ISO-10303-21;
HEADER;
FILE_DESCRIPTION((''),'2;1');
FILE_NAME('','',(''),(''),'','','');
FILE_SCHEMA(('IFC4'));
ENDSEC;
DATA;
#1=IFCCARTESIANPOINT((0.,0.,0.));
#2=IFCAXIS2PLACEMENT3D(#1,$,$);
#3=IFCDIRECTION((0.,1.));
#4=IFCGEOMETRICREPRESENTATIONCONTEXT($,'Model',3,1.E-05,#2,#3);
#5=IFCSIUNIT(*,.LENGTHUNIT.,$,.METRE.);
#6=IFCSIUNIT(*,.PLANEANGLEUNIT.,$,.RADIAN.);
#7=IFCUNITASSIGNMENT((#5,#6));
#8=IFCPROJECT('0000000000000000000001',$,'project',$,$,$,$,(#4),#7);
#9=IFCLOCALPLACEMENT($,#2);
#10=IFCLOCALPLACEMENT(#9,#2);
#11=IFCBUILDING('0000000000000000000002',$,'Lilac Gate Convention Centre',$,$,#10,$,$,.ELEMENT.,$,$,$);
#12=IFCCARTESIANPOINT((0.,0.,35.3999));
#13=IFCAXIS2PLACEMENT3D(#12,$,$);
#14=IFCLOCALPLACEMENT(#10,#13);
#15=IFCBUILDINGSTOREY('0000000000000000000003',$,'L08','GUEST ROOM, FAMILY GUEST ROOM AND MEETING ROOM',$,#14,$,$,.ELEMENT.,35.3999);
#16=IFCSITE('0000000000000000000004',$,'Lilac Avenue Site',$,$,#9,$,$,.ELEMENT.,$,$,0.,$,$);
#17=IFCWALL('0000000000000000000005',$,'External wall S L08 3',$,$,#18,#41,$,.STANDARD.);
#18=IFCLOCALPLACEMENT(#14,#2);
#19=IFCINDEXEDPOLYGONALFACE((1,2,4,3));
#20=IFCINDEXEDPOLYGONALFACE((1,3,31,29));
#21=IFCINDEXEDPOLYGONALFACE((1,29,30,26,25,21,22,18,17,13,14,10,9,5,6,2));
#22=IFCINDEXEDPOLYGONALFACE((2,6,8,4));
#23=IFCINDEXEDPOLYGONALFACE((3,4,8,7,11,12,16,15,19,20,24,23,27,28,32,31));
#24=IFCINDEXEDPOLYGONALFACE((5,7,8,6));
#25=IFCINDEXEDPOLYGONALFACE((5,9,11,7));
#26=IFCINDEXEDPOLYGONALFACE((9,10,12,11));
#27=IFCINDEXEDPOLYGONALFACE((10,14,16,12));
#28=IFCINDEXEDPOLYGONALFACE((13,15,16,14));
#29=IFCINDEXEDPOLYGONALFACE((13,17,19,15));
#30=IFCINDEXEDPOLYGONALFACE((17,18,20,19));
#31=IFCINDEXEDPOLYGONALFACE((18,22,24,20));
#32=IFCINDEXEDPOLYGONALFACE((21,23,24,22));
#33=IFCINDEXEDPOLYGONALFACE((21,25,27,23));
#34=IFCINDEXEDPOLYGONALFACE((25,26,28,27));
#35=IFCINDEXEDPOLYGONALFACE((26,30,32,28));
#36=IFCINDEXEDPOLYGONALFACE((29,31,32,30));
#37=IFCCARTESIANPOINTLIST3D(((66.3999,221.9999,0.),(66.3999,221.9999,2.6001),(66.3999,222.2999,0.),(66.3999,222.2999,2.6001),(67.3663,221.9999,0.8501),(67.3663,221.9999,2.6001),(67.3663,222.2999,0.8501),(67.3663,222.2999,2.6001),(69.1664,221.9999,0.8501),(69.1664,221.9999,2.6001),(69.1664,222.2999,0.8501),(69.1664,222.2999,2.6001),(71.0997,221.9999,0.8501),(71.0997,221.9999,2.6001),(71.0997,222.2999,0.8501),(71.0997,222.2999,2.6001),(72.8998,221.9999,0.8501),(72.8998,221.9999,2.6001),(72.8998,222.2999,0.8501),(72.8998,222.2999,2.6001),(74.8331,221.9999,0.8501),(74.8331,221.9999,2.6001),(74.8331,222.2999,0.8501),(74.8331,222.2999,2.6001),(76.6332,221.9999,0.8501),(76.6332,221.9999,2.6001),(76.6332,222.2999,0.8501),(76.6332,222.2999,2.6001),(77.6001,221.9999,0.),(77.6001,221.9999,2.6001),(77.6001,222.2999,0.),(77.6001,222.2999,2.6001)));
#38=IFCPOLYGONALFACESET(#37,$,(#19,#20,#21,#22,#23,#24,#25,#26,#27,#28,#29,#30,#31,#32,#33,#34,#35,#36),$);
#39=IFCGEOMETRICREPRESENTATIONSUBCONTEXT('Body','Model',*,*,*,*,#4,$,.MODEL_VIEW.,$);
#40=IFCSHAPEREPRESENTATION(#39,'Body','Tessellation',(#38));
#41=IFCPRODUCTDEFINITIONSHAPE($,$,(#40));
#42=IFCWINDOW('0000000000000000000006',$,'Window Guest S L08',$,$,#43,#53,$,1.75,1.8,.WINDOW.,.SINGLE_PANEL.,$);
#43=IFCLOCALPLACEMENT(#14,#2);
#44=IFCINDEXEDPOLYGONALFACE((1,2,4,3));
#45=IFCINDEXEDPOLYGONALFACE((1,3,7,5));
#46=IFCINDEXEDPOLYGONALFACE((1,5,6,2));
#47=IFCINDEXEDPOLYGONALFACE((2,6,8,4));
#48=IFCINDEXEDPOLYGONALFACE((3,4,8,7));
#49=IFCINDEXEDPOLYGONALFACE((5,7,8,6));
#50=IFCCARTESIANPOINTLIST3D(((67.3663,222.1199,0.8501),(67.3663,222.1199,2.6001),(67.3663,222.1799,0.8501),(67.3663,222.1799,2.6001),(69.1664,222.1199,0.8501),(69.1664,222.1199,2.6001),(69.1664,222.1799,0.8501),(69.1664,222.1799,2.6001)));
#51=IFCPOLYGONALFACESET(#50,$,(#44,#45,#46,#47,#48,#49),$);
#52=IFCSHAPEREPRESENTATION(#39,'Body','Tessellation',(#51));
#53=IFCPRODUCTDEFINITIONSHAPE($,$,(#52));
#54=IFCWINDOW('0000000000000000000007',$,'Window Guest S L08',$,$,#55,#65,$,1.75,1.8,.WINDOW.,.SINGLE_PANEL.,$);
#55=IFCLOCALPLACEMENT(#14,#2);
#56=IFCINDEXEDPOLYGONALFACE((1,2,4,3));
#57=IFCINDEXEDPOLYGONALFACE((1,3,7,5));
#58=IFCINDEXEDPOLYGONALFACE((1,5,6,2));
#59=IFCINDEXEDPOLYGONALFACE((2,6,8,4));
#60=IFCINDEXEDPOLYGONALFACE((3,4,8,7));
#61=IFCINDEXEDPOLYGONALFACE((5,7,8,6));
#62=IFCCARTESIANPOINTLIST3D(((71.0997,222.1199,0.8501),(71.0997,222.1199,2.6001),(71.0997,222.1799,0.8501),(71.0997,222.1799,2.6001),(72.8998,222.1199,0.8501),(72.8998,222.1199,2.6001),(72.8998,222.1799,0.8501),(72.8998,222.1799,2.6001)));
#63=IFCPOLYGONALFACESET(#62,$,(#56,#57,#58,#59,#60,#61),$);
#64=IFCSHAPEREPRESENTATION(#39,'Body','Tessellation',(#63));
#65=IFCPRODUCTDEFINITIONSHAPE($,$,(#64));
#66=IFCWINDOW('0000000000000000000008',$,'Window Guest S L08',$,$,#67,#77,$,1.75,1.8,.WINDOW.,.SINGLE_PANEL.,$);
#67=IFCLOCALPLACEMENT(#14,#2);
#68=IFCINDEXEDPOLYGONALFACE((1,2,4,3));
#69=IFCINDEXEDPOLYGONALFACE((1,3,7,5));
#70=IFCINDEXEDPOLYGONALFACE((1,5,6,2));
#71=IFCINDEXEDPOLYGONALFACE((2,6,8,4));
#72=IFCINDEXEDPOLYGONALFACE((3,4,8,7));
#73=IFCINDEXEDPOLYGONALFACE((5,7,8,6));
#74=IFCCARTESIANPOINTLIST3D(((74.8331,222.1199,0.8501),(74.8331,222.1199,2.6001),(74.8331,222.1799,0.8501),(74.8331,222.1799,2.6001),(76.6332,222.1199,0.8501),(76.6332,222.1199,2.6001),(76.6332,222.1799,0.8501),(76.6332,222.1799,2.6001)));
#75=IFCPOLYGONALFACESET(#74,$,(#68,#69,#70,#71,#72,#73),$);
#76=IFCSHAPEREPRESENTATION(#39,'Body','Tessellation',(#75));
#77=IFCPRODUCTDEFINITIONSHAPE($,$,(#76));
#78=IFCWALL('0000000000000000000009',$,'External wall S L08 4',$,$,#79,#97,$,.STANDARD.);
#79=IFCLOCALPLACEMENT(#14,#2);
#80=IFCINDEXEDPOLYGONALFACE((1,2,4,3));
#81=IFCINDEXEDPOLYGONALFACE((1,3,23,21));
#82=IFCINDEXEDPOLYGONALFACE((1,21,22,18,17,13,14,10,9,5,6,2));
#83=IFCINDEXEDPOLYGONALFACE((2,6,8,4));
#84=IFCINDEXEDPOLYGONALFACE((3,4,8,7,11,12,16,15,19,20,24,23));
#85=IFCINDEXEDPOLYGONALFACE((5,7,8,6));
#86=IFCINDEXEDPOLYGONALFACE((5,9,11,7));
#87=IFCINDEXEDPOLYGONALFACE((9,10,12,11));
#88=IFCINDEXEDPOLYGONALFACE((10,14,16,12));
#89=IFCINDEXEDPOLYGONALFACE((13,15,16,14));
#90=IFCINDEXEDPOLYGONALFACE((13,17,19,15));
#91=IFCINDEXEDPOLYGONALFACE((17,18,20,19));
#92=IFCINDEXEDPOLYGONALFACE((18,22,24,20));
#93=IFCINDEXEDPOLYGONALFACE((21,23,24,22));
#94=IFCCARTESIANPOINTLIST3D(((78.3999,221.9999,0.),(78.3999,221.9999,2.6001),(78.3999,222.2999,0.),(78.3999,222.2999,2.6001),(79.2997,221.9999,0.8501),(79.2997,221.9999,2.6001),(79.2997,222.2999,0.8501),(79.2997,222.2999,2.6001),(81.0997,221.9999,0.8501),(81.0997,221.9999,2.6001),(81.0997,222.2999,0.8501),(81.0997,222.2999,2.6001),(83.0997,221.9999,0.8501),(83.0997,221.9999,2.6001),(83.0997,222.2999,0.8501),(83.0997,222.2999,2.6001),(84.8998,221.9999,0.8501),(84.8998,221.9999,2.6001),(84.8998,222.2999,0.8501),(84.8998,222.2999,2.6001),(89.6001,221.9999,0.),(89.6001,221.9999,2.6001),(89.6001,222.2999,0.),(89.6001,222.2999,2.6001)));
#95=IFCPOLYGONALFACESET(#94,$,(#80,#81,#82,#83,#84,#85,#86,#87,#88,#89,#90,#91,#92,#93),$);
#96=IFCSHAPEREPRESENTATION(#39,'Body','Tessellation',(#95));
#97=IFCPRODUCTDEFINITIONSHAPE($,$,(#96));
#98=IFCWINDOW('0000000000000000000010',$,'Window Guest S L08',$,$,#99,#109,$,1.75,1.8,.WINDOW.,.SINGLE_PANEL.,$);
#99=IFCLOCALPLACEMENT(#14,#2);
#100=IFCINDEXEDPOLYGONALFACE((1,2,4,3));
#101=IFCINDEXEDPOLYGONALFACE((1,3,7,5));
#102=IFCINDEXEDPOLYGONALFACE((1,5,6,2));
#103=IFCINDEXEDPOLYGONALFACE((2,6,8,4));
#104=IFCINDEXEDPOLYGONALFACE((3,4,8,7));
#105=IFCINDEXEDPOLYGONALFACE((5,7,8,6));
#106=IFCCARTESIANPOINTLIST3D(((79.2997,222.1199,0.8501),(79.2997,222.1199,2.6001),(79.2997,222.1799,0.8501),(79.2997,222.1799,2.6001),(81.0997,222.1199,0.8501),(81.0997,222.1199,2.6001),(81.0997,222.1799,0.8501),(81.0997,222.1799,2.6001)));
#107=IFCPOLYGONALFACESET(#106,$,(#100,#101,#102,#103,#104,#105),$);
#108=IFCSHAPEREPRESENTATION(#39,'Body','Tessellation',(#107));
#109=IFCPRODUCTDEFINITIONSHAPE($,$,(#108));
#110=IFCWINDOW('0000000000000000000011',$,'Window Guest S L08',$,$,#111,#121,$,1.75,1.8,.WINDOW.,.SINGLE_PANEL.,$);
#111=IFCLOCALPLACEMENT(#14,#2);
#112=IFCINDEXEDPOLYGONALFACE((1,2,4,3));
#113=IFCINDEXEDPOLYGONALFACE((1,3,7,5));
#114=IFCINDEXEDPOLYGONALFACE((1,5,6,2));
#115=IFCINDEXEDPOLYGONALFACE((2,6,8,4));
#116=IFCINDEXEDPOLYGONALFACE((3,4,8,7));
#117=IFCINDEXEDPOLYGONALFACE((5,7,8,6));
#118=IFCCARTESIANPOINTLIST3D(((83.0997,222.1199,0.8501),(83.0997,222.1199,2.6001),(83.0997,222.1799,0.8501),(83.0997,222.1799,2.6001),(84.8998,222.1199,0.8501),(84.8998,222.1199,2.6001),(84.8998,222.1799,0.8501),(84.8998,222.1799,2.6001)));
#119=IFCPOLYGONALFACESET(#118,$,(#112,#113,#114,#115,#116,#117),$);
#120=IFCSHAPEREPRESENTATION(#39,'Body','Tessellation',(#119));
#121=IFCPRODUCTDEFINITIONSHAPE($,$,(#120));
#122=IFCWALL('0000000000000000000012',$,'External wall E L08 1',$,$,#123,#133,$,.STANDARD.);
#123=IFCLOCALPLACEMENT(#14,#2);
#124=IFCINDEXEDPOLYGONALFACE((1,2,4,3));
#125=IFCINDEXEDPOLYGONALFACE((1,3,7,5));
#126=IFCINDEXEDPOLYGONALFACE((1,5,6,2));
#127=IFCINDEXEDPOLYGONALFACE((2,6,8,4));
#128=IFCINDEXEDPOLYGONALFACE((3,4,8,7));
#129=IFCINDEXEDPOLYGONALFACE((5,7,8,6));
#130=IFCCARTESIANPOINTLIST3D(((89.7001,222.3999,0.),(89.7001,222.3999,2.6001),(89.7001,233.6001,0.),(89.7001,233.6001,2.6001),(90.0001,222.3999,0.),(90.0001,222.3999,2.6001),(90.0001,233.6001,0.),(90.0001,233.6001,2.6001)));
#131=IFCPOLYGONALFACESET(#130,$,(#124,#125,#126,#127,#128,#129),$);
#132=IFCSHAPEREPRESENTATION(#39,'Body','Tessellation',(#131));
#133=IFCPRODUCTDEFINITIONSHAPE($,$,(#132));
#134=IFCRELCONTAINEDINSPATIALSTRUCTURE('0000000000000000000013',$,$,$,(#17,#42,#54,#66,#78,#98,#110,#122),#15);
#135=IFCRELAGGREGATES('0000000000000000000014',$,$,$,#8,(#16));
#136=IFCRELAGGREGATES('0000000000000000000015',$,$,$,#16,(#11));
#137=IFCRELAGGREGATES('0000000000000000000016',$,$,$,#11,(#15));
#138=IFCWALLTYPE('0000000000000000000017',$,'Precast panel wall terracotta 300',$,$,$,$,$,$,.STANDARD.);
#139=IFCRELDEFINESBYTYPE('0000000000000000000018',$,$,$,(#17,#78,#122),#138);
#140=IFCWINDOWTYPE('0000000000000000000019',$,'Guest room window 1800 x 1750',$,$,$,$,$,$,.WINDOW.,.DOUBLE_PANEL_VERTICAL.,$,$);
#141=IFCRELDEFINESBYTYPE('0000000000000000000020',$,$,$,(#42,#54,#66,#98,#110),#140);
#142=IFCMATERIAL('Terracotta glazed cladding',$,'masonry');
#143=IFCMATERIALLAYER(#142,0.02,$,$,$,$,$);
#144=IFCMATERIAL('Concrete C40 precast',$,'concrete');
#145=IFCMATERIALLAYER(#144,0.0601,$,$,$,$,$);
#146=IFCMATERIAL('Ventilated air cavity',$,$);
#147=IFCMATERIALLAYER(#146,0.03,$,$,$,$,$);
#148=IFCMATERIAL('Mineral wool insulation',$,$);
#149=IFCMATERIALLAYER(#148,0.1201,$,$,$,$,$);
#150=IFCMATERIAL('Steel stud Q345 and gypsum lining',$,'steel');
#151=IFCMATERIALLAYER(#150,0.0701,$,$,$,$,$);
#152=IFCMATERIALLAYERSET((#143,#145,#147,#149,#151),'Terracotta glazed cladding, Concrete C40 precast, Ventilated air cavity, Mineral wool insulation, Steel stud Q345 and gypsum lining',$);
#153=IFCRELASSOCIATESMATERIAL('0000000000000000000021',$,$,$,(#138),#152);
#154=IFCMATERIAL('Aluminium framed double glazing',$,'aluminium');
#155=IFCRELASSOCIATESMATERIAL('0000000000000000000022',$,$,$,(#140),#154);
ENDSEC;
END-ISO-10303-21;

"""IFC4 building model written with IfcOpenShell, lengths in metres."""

from ifc_helpers import new_model, si_unit, direction, frame, frame_2d, origin, place, context, subcontext, project, spatial, rectangle, extrude, material, layer, layer_set, type_object, element, fill, save


model = new_model("IFC4")

# Units and contexts
model_context = context("Model", 3, precision=1e-05, world=origin(), true_north=direction((0.0, 1.0)))
body_context = subcontext(model_context, "Body", "Model", "MODEL_VIEW")
ifc_project = project(units=[si_unit("LENGTHUNIT", "METRE"), si_unit("PLANEANGLEUNIT", "RADIAN")], contexts=[model_context])

# Site, building, storey
site_placement = place(None, origin())
site = spatial("IfcSite", under=ifc_project, at=site_placement, Name="Lilac Avenue Site", CompositionType="ELEMENT", RefElevation=0.0)
building_placement = place(site_placement, origin())
building = spatial("IfcBuilding", under=site, at=building_placement, Name="Lilac Gate Convention Centre", CompositionType="ELEMENT")
storey_placement = place(building_placement, frame((0.0, 0.0, 35.3999)))
storey = spatial("IfcBuildingStorey", under=building, at=storey_placement, Name="L08", Description="GUEST ROOM, FAMILY GUEST ROOM AND MEETING ROOM", CompositionType="ELEMENT", Elevation=35.3999)

# Shared definitions
ifc_material_1 = material(Name="Aluminium framed double glazing", Category="aluminium")

# Shared definitions
ifc_material_2 = material(Name="Concrete C40 precast", Category="concrete")
ifc_material_3 = material(Name="Terracotta glazed cladding", Category="masonry")

# Walls, openings, windows
ifc_layer_1 = layer(ifc_material_3, 0.02)
ifc_layer_2 = layer(ifc_material_2, 0.0601)
ifc_material_4 = material(Name="Ventilated air cavity")
ifc_layer_3 = layer(ifc_material_4, 0.03)
ifc_material_5 = material(Name="Mineral wool insulation")
ifc_layer_4 = layer(ifc_material_5, 0.1201)
ifc_material_6 = material(Name="Steel stud Q345 and gypsum lining", Category="steel")
ifc_layer_5 = layer(ifc_material_6, 0.0701)
ifc_layer_set_1 = layer_set([ifc_layer_1, ifc_layer_2, ifc_layer_3, ifc_layer_4, ifc_layer_5], Name="Terracotta glazed cladding, Concrete C40 precast, Ventilated air cavity, Mineral wool insulation, Steel stud Q345 and gypsum lining")
wall_type_1 = type_object("IfcWallType", Name="Precast panel wall terracotta 300", PredefinedType="STANDARD", material=ifc_layer_set_1)
window_type = type_object("IfcWindowType", Name="Guest room window 1800 x 1750", PartitioningType="DOUBLE_PANEL_VERTICAL", PredefinedType="WINDOW", material=ifc_material_1)
wall_1_placement = place(storey_placement, frame((66.3999, 222.1499, 0.0), z_axis=(0.0, 0.0, 1.0), x_axis=(1.0, 0.0, 0.0)))
wall_1 = element("IfcWall", 1, at=wall_1_placement, inside=storey, type_object=wall_type_1, Name="External wall S L08 3", PredefinedType="STANDARD", context=body_context, shape_type="SweptSolid", body=[
    extrude(rectangle(XDim=11.2002, YDim=0.3, at=frame_2d((5.6001, 0.0))), origin(), (0.0, 0.0, 1.0), 2.6001),
])
opening_1_placement = place(wall_1_placement, frame((0.9666, 0.0, 0.8501)))
opening_1 = element("IfcOpeningElement", 2, at=opening_1_placement, cuts=wall_1, PredefinedType="OPENING", context=body_context, shape_type="SweptSolid", body=[
    extrude(rectangle(XDim=1.8, YDim=1.75, at=frame_2d((0.8999, 0.875))), frame((0.0, 0.1599, 0.0), z_axis=(0.0, -1.0, 0.0), x_axis=(1.0, 0.0, 0.0)), (0.0, 0.0, 1.0), 0.3201),
])
opening_2_placement = place(wall_1_placement, frame((4.7, 0.0, 0.8501)))
opening_2 = element("IfcOpeningElement", 3, at=opening_2_placement, cuts=wall_1, PredefinedType="OPENING", context=body_context, shape_type="SweptSolid", body=[
    extrude(rectangle(XDim=1.8, YDim=1.75, at=frame_2d((0.8999, 0.875))), frame((0.0, 0.1599, 0.0), z_axis=(0.0, -1.0, 0.0), x_axis=(1.0, 0.0, 0.0)), (0.0, 0.0, 1.0), 0.3201),
])
opening_3_placement = place(wall_1_placement, frame((8.4333, 0.0, 0.8501)))
opening_3 = element("IfcOpeningElement", 4, at=opening_3_placement, cuts=wall_1, PredefinedType="OPENING", context=body_context, shape_type="SweptSolid", body=[
    extrude(rectangle(XDim=1.8, YDim=1.75, at=frame_2d((0.8999, 0.875))), frame((0.0, 0.1599, 0.0), z_axis=(0.0, -1.0, 0.0), x_axis=(1.0, 0.0, 0.0)), (0.0, 0.0, 1.0), 0.3201),
])
window_1_placement = place(opening_1_placement, origin())
window_1 = element("IfcWindow", 5, at=window_1_placement, inside=storey, type_object=window_type, Name="Window Guest S L08", OverallHeight=1.75, OverallWidth=1.8, PartitioningType="SINGLE_PANEL", PredefinedType="WINDOW", context=body_context, shape_type="SweptSolid", body=[
    extrude(rectangle(XDim=1.8, YDim=1.75, at=frame_2d((0.8999, 0.875))), frame((0.0, 0.03, 0.0), z_axis=(0.0, -1.0, 0.0), x_axis=(1.0, 0.0, 0.0)), (0.0, 0.0, 1.0), 0.0601),
])
fill(opening_1, window_1)
window_2_placement = place(opening_2_placement, origin())
window_2 = element("IfcWindow", 6, at=window_2_placement, inside=storey, type_object=window_type, Name="Window Guest S L08", OverallHeight=1.75, OverallWidth=1.8, PartitioningType="SINGLE_PANEL", PredefinedType="WINDOW", context=body_context, shape_type="SweptSolid", body=[
    extrude(rectangle(XDim=1.8, YDim=1.75, at=frame_2d((0.8999, 0.875))), frame((0.0, 0.03, 0.0), z_axis=(0.0, -1.0, 0.0), x_axis=(1.0, 0.0, 0.0)), (0.0, 0.0, 1.0), 0.0601),
])
fill(opening_2, window_2)
window_3_placement = place(opening_3_placement, origin())
window_3 = element("IfcWindow", 7, at=window_3_placement, inside=storey, type_object=window_type, Name="Window Guest S L08", OverallHeight=1.75, OverallWidth=1.8, PartitioningType="SINGLE_PANEL", PredefinedType="WINDOW", context=body_context, shape_type="SweptSolid", body=[
    extrude(rectangle(XDim=1.8, YDim=1.75, at=frame_2d((0.8999, 0.875))), frame((0.0, 0.03, 0.0), z_axis=(0.0, -1.0, 0.0), x_axis=(1.0, 0.0, 0.0)), (0.0, 0.0, 1.0), 0.0601),
])
fill(opening_3, window_3)
wall_2_placement = place(storey_placement, frame((78.3999, 222.1499, 0.0), z_axis=(0.0, 0.0, 1.0), x_axis=(1.0, 0.0, 0.0)))
wall_2 = element("IfcWall", 8, at=wall_2_placement, inside=storey, type_object=wall_type_1, Name="External wall S L08 4", PredefinedType="STANDARD", context=body_context, shape_type="SweptSolid", body=[
    extrude(rectangle(XDim=11.2002, YDim=0.3, at=frame_2d((5.6001, 0.0))), origin(), (0.0, 0.0, 1.0), 2.6001),
])
opening_4_placement = place(wall_2_placement, frame((0.8999, 0.0, 0.8501)))
opening_4 = element("IfcOpeningElement", 9, at=opening_4_placement, cuts=wall_2, PredefinedType="OPENING", context=body_context, shape_type="SweptSolid", body=[
    extrude(rectangle(XDim=1.8, YDim=1.75, at=frame_2d((0.8999, 0.875))), frame((0.0, 0.1599, 0.0), z_axis=(0.0, -1.0, 0.0), x_axis=(1.0, 0.0, 0.0)), (0.0, 0.0, 1.0), 0.3201),
])
opening_5_placement = place(wall_2_placement, frame((4.7, 0.0, 0.8501)))
opening_5 = element("IfcOpeningElement", 10, at=opening_5_placement, cuts=wall_2, PredefinedType="OPENING", context=body_context, shape_type="SweptSolid", body=[
    extrude(rectangle(XDim=1.8, YDim=1.75, at=frame_2d((0.8999, 0.875))), frame((0.0, 0.1599, 0.0), z_axis=(0.0, -1.0, 0.0), x_axis=(1.0, 0.0, 0.0)), (0.0, 0.0, 1.0), 0.3201),
])
window_4_placement = place(opening_4_placement, origin())
window_4 = element("IfcWindow", 11, at=window_4_placement, inside=storey, type_object=window_type, Name="Window Guest S L08", OverallHeight=1.75, OverallWidth=1.8, PartitioningType="SINGLE_PANEL", PredefinedType="WINDOW", context=body_context, shape_type="SweptSolid", body=[
    extrude(rectangle(XDim=1.8, YDim=1.75, at=frame_2d((0.8999, 0.875))), frame((0.0, 0.03, 0.0), z_axis=(0.0, -1.0, 0.0), x_axis=(1.0, 0.0, 0.0)), (0.0, 0.0, 1.0), 0.0601),
])
fill(opening_4, window_4)
window_5_placement = place(opening_5_placement, origin())
window_5 = element("IfcWindow", 12, at=window_5_placement, inside=storey, type_object=window_type, Name="Window Guest S L08", OverallHeight=1.75, OverallWidth=1.8, PartitioningType="SINGLE_PANEL", PredefinedType="WINDOW", context=body_context, shape_type="SweptSolid", body=[
    extrude(rectangle(XDim=1.8, YDim=1.75, at=frame_2d((0.8999, 0.875))), frame((0.0, 0.03, 0.0), z_axis=(0.0, -1.0, 0.0), x_axis=(1.0, 0.0, 0.0)), (0.0, 0.0, 1.0), 0.0601),
])
fill(opening_5, window_5)

# Wall
wall_3_placement = place(storey_placement, frame((89.8501, 222.3999, 0.0), z_axis=(0.0, 0.0, 1.0), x_axis=(0.0, 1.0, 0.0)))
element("IfcWall", 13, at=wall_3_placement, inside=storey, type_object=wall_type_1, Name="External wall E L08 1", PredefinedType="STANDARD", context=body_context, shape_type="SweptSolid", body=[
    extrude(rectangle(XDim=11.2002, YDim=0.3, at=frame_2d((5.6001, 0.0))), origin(), (0.0, 0.0, 1.0), 2.6001),
])

save(model, "model.ifc")
